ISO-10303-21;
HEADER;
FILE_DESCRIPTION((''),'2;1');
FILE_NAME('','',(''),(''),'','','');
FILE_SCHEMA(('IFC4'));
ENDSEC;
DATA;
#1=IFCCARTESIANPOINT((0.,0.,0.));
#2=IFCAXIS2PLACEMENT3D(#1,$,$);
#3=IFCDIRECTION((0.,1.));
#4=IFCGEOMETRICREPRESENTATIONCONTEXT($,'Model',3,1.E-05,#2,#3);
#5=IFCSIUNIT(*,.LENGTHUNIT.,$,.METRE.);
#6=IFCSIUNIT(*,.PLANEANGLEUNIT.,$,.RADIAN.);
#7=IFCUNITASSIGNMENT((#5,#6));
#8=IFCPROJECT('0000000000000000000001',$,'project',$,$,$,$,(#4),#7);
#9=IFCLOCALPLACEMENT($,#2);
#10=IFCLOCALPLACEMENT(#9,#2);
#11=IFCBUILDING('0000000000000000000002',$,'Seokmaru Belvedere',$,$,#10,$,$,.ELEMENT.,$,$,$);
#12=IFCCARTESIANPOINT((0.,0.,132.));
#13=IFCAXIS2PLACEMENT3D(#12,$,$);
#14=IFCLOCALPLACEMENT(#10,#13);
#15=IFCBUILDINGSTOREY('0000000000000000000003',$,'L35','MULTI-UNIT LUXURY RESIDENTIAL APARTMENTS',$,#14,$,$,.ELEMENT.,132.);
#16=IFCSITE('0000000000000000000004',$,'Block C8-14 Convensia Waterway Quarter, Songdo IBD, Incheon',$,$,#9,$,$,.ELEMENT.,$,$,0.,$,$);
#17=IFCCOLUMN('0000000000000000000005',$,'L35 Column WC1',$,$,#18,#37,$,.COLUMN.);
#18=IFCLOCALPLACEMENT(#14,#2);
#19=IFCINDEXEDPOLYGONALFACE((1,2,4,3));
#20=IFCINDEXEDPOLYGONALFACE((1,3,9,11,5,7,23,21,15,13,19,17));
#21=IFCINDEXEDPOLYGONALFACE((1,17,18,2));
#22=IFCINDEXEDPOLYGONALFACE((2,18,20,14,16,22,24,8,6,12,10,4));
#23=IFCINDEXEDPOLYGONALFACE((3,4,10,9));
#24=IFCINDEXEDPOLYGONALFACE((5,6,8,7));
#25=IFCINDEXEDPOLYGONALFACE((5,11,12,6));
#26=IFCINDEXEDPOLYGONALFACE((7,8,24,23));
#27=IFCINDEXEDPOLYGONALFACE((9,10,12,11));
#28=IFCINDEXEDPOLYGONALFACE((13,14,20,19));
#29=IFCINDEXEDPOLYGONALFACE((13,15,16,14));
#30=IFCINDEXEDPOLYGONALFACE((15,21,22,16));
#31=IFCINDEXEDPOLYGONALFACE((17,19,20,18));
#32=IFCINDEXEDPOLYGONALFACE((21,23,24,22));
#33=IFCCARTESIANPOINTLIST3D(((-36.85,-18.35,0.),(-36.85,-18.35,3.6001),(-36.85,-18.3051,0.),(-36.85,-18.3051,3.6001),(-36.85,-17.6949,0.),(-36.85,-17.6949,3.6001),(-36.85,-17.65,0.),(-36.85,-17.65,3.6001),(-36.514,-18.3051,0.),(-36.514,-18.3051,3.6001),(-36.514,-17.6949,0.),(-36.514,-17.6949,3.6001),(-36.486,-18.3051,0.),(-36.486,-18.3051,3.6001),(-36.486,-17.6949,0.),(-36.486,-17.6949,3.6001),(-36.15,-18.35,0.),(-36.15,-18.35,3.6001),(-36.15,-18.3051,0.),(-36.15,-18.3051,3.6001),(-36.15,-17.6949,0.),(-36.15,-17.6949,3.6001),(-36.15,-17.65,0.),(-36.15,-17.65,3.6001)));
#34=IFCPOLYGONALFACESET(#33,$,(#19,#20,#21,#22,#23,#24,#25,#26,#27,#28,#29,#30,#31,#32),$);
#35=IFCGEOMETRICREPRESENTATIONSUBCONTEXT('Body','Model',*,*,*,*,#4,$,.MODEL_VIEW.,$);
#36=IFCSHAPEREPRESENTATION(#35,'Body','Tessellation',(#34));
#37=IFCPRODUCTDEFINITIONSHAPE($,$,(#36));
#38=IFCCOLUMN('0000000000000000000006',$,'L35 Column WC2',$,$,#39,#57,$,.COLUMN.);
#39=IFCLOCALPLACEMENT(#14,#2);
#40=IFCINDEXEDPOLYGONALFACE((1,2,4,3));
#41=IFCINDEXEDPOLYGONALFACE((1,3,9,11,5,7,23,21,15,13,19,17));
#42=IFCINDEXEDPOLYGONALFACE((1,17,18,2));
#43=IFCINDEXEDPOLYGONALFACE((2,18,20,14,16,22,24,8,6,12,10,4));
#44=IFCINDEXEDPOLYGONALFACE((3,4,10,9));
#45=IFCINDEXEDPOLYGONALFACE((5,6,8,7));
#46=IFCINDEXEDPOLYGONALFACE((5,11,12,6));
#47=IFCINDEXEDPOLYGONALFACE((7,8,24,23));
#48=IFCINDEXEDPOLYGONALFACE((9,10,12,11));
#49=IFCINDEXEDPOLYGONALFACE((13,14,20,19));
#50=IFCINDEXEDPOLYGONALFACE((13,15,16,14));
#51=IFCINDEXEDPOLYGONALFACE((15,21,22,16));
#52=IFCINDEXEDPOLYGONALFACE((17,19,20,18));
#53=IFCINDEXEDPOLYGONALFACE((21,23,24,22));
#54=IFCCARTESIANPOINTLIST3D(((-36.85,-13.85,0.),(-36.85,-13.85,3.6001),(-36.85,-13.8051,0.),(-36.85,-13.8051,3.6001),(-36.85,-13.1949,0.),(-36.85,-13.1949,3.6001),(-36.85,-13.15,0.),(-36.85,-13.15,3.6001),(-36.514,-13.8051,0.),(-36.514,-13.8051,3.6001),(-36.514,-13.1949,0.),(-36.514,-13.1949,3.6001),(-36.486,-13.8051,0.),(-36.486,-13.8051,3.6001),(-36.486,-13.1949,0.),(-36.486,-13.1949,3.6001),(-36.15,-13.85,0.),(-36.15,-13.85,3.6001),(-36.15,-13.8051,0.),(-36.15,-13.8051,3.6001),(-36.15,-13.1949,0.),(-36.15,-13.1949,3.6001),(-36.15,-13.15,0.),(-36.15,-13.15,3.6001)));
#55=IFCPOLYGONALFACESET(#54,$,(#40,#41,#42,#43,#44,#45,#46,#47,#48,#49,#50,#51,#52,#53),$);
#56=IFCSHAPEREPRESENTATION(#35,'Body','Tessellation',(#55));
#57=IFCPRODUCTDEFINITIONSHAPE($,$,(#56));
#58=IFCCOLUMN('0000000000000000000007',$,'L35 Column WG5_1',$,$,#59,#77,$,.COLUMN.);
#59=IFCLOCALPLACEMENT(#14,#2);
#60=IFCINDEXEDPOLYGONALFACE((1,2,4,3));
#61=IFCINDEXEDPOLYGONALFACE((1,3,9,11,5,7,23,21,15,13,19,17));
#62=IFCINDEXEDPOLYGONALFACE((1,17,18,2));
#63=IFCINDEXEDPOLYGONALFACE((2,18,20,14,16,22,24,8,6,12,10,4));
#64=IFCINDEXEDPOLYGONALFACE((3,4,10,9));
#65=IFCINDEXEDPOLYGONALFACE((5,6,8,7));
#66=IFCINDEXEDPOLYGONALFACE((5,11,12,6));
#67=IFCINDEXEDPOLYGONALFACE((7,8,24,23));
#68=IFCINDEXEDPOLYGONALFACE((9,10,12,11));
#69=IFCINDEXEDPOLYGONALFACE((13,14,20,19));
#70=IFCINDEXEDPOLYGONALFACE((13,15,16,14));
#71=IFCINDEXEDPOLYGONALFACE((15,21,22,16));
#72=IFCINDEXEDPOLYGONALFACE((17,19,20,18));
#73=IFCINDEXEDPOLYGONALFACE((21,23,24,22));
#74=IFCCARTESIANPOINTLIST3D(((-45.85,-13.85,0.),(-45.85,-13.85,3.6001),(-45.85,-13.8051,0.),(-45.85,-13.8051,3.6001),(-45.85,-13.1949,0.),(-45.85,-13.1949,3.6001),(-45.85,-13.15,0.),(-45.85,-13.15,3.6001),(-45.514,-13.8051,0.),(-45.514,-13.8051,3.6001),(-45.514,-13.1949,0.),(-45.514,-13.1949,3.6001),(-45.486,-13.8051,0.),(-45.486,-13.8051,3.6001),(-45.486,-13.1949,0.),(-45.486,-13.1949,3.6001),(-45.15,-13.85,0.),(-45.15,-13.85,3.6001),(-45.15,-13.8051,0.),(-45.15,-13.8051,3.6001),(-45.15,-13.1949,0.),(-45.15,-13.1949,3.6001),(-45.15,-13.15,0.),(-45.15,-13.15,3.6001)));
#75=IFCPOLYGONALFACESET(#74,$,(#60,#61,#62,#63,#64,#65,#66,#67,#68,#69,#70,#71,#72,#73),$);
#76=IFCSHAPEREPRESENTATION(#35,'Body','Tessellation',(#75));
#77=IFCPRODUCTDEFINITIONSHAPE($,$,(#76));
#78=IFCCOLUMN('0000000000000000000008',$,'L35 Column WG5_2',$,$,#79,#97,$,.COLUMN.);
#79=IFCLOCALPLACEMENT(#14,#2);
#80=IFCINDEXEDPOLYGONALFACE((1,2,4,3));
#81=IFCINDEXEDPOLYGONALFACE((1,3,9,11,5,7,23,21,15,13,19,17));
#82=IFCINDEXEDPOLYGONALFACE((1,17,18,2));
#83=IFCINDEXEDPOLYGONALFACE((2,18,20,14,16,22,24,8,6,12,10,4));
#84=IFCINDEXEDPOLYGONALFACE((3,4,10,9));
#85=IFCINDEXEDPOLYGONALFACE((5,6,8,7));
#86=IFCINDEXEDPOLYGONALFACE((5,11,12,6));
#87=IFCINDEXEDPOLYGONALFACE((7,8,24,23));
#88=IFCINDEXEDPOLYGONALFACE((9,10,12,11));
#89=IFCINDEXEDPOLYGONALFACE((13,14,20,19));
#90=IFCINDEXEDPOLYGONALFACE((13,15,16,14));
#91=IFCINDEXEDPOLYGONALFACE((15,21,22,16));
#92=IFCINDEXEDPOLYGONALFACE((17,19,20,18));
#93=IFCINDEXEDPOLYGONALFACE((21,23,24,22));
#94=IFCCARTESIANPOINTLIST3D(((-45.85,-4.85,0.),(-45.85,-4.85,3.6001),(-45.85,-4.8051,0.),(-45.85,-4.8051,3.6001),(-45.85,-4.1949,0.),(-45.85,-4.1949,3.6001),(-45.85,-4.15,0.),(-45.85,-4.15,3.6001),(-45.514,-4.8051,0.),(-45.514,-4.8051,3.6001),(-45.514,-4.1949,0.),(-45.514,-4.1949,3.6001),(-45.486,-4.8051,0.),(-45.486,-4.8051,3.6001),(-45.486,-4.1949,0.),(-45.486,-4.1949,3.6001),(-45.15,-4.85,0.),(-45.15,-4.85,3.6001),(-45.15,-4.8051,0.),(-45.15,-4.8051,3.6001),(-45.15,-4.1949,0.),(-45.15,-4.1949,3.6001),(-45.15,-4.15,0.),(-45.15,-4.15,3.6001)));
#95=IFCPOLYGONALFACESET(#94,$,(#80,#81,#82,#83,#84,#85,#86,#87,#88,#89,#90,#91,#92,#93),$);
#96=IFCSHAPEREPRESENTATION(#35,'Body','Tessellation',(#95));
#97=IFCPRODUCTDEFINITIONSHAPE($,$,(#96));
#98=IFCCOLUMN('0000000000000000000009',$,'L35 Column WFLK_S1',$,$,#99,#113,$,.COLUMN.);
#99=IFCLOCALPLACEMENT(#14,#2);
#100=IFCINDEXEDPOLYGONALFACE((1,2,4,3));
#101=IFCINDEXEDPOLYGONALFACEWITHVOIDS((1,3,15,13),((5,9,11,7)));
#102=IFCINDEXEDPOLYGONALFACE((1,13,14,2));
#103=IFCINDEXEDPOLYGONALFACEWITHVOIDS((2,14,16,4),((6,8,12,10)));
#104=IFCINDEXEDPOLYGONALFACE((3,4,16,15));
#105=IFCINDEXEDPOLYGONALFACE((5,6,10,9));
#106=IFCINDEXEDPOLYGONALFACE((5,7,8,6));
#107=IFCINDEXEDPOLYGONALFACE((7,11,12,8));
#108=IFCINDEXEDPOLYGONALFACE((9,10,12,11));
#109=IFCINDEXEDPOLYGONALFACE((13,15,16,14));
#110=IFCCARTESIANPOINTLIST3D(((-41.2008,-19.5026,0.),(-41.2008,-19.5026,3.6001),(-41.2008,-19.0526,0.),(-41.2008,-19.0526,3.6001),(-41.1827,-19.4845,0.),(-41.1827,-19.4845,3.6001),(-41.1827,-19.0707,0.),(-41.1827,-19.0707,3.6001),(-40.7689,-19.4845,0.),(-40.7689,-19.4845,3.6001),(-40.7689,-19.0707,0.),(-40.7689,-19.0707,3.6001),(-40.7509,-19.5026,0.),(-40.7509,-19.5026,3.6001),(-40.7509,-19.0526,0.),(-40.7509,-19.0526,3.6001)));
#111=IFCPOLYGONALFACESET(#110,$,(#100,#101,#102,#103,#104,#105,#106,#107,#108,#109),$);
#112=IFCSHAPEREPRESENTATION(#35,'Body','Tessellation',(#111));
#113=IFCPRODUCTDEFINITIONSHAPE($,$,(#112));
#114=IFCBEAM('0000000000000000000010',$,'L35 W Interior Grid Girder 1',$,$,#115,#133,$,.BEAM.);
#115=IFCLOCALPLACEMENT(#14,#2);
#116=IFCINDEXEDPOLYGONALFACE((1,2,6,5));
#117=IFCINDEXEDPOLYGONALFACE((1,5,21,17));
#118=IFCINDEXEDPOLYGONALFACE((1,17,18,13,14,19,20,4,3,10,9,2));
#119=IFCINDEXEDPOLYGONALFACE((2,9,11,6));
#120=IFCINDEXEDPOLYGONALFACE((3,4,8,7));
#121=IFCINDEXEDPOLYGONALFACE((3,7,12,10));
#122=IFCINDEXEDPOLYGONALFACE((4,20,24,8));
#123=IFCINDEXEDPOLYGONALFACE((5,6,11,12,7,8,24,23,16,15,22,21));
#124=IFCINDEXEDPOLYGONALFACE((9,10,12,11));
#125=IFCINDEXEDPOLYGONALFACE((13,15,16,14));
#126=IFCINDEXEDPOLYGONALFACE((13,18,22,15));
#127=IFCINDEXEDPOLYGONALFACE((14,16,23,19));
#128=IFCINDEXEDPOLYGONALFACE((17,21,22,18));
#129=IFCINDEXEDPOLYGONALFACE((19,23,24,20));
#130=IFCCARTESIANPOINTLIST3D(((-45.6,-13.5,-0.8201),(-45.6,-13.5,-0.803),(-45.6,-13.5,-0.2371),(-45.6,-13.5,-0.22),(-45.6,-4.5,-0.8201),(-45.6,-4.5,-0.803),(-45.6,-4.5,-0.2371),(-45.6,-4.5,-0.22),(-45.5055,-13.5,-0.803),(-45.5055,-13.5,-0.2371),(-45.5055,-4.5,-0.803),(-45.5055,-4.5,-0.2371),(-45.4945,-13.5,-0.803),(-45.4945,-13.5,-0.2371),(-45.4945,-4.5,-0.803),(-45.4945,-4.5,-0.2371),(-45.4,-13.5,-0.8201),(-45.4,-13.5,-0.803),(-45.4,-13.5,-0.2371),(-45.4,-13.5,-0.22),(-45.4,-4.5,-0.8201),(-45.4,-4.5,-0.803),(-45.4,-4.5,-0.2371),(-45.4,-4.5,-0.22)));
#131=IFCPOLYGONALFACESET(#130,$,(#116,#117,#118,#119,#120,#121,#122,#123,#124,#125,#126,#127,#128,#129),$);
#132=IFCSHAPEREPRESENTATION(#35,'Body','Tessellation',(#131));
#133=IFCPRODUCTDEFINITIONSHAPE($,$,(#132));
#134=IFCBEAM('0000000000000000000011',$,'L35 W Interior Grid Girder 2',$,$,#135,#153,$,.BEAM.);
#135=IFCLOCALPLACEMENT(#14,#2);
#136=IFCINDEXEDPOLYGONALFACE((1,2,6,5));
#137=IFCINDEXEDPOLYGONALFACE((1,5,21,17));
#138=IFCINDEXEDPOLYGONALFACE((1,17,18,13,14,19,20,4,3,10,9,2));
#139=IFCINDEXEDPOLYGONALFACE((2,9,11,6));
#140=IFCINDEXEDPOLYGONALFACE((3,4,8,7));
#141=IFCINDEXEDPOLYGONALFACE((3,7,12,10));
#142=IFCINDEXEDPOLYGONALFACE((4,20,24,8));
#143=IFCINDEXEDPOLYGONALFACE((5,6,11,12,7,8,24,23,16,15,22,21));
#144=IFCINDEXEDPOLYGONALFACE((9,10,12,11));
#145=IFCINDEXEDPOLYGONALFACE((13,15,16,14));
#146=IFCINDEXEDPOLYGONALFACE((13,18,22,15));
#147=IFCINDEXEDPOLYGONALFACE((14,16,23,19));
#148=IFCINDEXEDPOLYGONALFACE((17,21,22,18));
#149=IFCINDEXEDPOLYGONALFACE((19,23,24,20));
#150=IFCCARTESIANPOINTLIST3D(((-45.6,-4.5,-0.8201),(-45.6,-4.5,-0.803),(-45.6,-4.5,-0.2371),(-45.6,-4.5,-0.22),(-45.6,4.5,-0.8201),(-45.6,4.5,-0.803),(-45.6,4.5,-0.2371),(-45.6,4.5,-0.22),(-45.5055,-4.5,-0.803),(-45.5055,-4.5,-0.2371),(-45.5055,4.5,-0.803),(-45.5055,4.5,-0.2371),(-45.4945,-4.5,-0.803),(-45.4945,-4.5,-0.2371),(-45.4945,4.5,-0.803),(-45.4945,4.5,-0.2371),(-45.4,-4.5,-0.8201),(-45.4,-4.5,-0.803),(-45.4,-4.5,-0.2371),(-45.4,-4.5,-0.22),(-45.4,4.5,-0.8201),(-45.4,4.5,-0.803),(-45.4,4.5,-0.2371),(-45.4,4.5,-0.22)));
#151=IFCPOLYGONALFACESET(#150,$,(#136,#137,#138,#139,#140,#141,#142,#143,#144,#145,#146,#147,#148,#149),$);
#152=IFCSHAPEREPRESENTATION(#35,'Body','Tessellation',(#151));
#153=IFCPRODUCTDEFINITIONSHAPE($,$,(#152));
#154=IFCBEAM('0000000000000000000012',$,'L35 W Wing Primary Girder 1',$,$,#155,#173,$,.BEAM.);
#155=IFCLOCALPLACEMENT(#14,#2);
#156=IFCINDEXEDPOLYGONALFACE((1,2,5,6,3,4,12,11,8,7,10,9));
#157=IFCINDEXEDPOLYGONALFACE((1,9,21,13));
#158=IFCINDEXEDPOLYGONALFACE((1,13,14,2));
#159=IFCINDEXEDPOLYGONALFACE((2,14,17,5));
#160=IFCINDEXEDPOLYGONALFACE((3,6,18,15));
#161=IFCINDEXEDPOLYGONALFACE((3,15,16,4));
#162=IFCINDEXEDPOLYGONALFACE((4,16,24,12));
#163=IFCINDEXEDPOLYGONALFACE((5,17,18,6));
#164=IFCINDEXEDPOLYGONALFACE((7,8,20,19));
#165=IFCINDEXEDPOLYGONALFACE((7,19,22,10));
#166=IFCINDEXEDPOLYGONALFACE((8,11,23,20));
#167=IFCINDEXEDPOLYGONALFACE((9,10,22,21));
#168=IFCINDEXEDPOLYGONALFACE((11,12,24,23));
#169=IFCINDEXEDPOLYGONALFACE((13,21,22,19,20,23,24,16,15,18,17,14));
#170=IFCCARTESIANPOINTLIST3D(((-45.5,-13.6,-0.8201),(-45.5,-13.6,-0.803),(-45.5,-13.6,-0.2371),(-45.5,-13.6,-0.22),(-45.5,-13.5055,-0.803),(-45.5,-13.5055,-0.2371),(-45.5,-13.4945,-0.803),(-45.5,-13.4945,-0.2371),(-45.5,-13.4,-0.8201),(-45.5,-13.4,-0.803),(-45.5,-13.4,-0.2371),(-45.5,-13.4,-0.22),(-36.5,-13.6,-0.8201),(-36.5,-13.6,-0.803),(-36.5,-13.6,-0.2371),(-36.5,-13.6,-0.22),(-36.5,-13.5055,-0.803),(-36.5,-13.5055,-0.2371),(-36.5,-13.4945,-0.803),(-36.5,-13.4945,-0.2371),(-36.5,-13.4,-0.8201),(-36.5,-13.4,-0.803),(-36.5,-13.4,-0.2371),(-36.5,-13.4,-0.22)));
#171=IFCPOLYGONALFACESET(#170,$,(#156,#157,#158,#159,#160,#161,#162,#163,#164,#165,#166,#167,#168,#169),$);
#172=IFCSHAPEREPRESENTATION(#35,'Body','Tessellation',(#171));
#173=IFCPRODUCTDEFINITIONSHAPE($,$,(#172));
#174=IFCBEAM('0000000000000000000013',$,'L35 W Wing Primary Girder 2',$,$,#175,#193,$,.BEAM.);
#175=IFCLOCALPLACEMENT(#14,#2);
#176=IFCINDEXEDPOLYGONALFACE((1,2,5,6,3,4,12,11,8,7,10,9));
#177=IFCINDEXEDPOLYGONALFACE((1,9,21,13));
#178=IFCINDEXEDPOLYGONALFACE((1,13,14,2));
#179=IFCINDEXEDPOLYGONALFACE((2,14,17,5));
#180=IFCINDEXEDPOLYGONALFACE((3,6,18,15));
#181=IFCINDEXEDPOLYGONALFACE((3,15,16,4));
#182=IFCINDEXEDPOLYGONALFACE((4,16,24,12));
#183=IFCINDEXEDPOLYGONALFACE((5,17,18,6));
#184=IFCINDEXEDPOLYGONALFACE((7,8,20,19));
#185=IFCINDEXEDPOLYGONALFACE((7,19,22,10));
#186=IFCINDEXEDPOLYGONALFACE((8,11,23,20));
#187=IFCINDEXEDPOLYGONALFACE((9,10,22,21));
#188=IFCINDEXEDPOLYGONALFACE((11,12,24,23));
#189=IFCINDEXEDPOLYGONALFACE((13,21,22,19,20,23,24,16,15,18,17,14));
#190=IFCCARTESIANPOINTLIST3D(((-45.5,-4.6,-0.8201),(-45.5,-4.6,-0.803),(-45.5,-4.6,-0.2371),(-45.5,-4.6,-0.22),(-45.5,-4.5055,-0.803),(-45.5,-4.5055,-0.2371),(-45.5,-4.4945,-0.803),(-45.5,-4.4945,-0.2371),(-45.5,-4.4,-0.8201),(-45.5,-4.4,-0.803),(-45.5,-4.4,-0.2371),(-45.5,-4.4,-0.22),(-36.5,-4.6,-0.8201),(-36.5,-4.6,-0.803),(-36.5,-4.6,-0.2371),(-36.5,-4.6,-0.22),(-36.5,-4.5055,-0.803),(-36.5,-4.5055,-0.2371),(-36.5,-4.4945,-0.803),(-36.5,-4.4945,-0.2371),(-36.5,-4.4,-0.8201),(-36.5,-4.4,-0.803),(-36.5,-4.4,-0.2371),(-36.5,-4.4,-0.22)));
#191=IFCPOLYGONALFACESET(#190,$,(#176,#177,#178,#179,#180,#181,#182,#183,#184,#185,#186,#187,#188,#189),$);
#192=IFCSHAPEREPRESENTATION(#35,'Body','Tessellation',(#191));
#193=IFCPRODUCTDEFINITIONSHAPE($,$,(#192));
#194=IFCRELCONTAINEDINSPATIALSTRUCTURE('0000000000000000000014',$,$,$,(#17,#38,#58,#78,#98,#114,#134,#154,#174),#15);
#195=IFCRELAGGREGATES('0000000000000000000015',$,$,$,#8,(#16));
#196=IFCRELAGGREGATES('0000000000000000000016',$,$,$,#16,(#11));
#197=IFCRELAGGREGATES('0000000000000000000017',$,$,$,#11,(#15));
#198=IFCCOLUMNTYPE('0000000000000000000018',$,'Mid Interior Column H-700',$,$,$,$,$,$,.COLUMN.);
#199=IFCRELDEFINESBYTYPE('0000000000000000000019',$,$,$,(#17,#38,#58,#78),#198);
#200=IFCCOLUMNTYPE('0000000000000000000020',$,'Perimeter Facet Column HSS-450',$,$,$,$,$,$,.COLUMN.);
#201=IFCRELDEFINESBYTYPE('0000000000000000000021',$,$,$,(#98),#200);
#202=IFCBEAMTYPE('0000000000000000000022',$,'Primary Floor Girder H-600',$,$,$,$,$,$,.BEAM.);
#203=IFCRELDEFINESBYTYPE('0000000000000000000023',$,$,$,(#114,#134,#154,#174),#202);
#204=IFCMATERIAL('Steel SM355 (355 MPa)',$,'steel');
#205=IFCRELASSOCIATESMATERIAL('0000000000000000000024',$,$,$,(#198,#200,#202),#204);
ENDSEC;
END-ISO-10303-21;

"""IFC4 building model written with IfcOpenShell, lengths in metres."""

from ifc_helpers import new_model, si_unit, direction, frame, origin, origin_2d, place, context, subcontext, project, spatial, hollow_rectangle, i_section, extrude, source, transform, mapped, material, material_profile, profile_set, type_object, type_shapes, element, save


model = new_model("IFC4")

# Units and contexts
model_context = context("Model", 3, precision=1e-05, world=origin(), true_north=direction((0.0, 1.0)))
body_context = subcontext(model_context, "Body", "Model", "MODEL_VIEW")
ifc_project = project(units=[si_unit("LENGTHUNIT", "METRE"), si_unit("PLANEANGLEUNIT", "RADIAN")], contexts=[model_context])

# Site, building, storey
site_placement = place(None, origin())
site = spatial("IfcSite", under=ifc_project, at=site_placement, Name="Block C8-14 Convensia Waterway Quarter, Songdo IBD, Incheon", CompositionType="ELEMENT", RefElevation=0.0)
building_placement = place(site_placement, origin())
building = spatial("IfcBuilding", under=site, at=building_placement, Name="Seokmaru Belvedere", CompositionType="ELEMENT")
storey_placement = place(building_placement, frame((0.0, 0.0, 132.0)))
storey = spatial("IfcBuildingStorey", under=building, at=storey_placement, Name="L35", Description="MULTI-UNIT LUXURY RESIDENTIAL APARTMENTS", CompositionType="ELEMENT", Elevation=132.0)

# Columns
ifc_material_1 = material(Name="Steel SM355 (355 MPa)", Category="steel")
ifc_material_profile_1 = material_profile(ifc_material_1, i_section(OverallWidth=0.7, OverallDepth=0.7, WebThickness=0.0281, FlangeThickness=0.0449, at=origin_2d()), Name="H-700x700x28x45")
ifc_profile_set_1 = profile_set([ifc_material_profile_1], Name="Steel SM355 (355 MPa)")
column_type_1 = type_object("IfcColumnType", Name="Mid Interior Column H-700", PredefinedType="COLUMN", material=ifc_profile_set_1)
shared_shape_1 = source(origin(), body_context, "Body", "SweptSolid", [
    extrude(i_section(OverallWidth=0.7, OverallDepth=0.7, WebThickness=0.0281, FlangeThickness=0.0449, at=origin_2d()), origin(), (0.0, 0.0, 1.0), 3.6001),
])
type_shapes(column_type_1, [shared_shape_1])
for number, where, z_axis, x_axis, name in (
    (1, (-36.5, -18.0, 0.0), (0.0, 0.0, 1.0), (1.0, 0.0, 0.0), "L35 Column WC1"),
    (2, (-36.5, -13.5, 0.0), (0.0, 0.0, 1.0), (1.0, 0.0, 0.0), "L35 Column WC2"),
    (3, (-45.5, -13.5, 0.0), (0.0, 0.0, 1.0), (1.0, 0.0, 0.0), "L35 Column WG5_1"),
    (4, (-45.5, -4.5, 0.0), (0.0, 0.0, 1.0), (1.0, 0.0, 0.0), "L35 Column WG5_2"),
):
    element("IfcColumn", number, at=place(storey_placement, frame(where, z_axis=z_axis, x_axis=x_axis)), inside=storey, type_object=column_type_1, Name=name, PredefinedType="COLUMN", context=body_context, shape_type="MappedRepresentation", body=[
        mapped(shared_shape_1, transform((0.0, 0.0, 0.0), scale=1.0)),
    ])
ifc_material_profile_2 = material_profile(ifc_material_1, hollow_rectangle(XDim=0.45, YDim=0.45, WallThickness=0.0181, at=origin_2d()), Name="HSS-450x450x18")
ifc_profile_set_2 = profile_set([ifc_material_profile_2], Name="Steel SM355 (355 MPa)")
column_type_2 = type_object("IfcColumnType", Name="Perimeter Facet Column HSS-450", PredefinedType="COLUMN", material=ifc_profile_set_2)
shared_shape_2 = source(origin(), body_context, "Body", "SweptSolid", [
    extrude(hollow_rectangle(XDim=0.45, YDim=0.45, WallThickness=0.0181, at=origin_2d()), origin(), (0.0, 0.0, 1.0), 3.6001),
])
type_shapes(column_type_2, [shared_shape_2])
column_placement = place(storey_placement, frame((-40.9758, -19.2776, 0.0), z_axis=(0.0, 0.0, 1.0), x_axis=(1.0, 0.0, 0.0)))
element("IfcColumn", 5, at=column_placement, inside=storey, type_object=column_type_2, Name="L35 Column WFLK_S1", PredefinedType="COLUMN", context=body_context, shape_type="MappedRepresentation", body=[
    mapped(shared_shape_2, transform((0.0, 0.0, 0.0), scale=1.0)),
])

# Beams
ifc_material_profile_3 = material_profile(ifc_material_1, i_section(OverallWidth=0.2, OverallDepth=0.6001, WebThickness=0.011, FlangeThickness=0.0171, at=origin_2d()), Name="H-600x200x11x17")
ifc_profile_set_3 = profile_set([ifc_material_profile_3], Name="Steel SM355 (355 MPa)")
beam_type_1 = type_object("IfcBeamType", Name="Primary Floor Girder H-600", PredefinedType="BEAM", material=ifc_profile_set_3)
shared_shape_3 = source(origin(), body_context, "Body", "SweptSolid", [
    extrude(i_section(OverallWidth=0.2, OverallDepth=0.6001, WebThickness=0.011, FlangeThickness=0.0171, at=origin_2d()), origin(), (0.0, 0.0, 1.0), 9.0),
])
for number, where, z_axis, x_axis, name in (
    (6, (-45.5, -13.5, -0.52), (0.0, 1.0, 0.0), (-1.0, 0.0, 0.0), "L35 W Interior Grid Girder 1"),
    (7, (-45.5, -4.5, -0.52), (0.0, 1.0, 0.0), (-1.0, 0.0, 0.0), "L35 W Interior Grid Girder 2"),
    (8, (-45.5, -13.5, -0.52), (1.0, 0.0, 0.0), (0.0, 1.0, 0.0), "L35 W Wing Primary Girder 1"),
    (9, (-45.5, -4.5, -0.52), (1.0, 0.0, 0.0), (0.0, 1.0, 0.0), "L35 W Wing Primary Girder 2"),
):
    element("IfcBeam", number, at=place(storey_placement, frame(where, z_axis=z_axis, x_axis=x_axis)), inside=storey, type_object=beam_type_1, Name=name, PredefinedType="BEAM", context=body_context, shape_type="MappedRepresentation", body=[
        mapped(shared_shape_3, transform((0.0, 0.0, 0.0), scale=1.0)),
    ])

save(model, "model.ifc")
